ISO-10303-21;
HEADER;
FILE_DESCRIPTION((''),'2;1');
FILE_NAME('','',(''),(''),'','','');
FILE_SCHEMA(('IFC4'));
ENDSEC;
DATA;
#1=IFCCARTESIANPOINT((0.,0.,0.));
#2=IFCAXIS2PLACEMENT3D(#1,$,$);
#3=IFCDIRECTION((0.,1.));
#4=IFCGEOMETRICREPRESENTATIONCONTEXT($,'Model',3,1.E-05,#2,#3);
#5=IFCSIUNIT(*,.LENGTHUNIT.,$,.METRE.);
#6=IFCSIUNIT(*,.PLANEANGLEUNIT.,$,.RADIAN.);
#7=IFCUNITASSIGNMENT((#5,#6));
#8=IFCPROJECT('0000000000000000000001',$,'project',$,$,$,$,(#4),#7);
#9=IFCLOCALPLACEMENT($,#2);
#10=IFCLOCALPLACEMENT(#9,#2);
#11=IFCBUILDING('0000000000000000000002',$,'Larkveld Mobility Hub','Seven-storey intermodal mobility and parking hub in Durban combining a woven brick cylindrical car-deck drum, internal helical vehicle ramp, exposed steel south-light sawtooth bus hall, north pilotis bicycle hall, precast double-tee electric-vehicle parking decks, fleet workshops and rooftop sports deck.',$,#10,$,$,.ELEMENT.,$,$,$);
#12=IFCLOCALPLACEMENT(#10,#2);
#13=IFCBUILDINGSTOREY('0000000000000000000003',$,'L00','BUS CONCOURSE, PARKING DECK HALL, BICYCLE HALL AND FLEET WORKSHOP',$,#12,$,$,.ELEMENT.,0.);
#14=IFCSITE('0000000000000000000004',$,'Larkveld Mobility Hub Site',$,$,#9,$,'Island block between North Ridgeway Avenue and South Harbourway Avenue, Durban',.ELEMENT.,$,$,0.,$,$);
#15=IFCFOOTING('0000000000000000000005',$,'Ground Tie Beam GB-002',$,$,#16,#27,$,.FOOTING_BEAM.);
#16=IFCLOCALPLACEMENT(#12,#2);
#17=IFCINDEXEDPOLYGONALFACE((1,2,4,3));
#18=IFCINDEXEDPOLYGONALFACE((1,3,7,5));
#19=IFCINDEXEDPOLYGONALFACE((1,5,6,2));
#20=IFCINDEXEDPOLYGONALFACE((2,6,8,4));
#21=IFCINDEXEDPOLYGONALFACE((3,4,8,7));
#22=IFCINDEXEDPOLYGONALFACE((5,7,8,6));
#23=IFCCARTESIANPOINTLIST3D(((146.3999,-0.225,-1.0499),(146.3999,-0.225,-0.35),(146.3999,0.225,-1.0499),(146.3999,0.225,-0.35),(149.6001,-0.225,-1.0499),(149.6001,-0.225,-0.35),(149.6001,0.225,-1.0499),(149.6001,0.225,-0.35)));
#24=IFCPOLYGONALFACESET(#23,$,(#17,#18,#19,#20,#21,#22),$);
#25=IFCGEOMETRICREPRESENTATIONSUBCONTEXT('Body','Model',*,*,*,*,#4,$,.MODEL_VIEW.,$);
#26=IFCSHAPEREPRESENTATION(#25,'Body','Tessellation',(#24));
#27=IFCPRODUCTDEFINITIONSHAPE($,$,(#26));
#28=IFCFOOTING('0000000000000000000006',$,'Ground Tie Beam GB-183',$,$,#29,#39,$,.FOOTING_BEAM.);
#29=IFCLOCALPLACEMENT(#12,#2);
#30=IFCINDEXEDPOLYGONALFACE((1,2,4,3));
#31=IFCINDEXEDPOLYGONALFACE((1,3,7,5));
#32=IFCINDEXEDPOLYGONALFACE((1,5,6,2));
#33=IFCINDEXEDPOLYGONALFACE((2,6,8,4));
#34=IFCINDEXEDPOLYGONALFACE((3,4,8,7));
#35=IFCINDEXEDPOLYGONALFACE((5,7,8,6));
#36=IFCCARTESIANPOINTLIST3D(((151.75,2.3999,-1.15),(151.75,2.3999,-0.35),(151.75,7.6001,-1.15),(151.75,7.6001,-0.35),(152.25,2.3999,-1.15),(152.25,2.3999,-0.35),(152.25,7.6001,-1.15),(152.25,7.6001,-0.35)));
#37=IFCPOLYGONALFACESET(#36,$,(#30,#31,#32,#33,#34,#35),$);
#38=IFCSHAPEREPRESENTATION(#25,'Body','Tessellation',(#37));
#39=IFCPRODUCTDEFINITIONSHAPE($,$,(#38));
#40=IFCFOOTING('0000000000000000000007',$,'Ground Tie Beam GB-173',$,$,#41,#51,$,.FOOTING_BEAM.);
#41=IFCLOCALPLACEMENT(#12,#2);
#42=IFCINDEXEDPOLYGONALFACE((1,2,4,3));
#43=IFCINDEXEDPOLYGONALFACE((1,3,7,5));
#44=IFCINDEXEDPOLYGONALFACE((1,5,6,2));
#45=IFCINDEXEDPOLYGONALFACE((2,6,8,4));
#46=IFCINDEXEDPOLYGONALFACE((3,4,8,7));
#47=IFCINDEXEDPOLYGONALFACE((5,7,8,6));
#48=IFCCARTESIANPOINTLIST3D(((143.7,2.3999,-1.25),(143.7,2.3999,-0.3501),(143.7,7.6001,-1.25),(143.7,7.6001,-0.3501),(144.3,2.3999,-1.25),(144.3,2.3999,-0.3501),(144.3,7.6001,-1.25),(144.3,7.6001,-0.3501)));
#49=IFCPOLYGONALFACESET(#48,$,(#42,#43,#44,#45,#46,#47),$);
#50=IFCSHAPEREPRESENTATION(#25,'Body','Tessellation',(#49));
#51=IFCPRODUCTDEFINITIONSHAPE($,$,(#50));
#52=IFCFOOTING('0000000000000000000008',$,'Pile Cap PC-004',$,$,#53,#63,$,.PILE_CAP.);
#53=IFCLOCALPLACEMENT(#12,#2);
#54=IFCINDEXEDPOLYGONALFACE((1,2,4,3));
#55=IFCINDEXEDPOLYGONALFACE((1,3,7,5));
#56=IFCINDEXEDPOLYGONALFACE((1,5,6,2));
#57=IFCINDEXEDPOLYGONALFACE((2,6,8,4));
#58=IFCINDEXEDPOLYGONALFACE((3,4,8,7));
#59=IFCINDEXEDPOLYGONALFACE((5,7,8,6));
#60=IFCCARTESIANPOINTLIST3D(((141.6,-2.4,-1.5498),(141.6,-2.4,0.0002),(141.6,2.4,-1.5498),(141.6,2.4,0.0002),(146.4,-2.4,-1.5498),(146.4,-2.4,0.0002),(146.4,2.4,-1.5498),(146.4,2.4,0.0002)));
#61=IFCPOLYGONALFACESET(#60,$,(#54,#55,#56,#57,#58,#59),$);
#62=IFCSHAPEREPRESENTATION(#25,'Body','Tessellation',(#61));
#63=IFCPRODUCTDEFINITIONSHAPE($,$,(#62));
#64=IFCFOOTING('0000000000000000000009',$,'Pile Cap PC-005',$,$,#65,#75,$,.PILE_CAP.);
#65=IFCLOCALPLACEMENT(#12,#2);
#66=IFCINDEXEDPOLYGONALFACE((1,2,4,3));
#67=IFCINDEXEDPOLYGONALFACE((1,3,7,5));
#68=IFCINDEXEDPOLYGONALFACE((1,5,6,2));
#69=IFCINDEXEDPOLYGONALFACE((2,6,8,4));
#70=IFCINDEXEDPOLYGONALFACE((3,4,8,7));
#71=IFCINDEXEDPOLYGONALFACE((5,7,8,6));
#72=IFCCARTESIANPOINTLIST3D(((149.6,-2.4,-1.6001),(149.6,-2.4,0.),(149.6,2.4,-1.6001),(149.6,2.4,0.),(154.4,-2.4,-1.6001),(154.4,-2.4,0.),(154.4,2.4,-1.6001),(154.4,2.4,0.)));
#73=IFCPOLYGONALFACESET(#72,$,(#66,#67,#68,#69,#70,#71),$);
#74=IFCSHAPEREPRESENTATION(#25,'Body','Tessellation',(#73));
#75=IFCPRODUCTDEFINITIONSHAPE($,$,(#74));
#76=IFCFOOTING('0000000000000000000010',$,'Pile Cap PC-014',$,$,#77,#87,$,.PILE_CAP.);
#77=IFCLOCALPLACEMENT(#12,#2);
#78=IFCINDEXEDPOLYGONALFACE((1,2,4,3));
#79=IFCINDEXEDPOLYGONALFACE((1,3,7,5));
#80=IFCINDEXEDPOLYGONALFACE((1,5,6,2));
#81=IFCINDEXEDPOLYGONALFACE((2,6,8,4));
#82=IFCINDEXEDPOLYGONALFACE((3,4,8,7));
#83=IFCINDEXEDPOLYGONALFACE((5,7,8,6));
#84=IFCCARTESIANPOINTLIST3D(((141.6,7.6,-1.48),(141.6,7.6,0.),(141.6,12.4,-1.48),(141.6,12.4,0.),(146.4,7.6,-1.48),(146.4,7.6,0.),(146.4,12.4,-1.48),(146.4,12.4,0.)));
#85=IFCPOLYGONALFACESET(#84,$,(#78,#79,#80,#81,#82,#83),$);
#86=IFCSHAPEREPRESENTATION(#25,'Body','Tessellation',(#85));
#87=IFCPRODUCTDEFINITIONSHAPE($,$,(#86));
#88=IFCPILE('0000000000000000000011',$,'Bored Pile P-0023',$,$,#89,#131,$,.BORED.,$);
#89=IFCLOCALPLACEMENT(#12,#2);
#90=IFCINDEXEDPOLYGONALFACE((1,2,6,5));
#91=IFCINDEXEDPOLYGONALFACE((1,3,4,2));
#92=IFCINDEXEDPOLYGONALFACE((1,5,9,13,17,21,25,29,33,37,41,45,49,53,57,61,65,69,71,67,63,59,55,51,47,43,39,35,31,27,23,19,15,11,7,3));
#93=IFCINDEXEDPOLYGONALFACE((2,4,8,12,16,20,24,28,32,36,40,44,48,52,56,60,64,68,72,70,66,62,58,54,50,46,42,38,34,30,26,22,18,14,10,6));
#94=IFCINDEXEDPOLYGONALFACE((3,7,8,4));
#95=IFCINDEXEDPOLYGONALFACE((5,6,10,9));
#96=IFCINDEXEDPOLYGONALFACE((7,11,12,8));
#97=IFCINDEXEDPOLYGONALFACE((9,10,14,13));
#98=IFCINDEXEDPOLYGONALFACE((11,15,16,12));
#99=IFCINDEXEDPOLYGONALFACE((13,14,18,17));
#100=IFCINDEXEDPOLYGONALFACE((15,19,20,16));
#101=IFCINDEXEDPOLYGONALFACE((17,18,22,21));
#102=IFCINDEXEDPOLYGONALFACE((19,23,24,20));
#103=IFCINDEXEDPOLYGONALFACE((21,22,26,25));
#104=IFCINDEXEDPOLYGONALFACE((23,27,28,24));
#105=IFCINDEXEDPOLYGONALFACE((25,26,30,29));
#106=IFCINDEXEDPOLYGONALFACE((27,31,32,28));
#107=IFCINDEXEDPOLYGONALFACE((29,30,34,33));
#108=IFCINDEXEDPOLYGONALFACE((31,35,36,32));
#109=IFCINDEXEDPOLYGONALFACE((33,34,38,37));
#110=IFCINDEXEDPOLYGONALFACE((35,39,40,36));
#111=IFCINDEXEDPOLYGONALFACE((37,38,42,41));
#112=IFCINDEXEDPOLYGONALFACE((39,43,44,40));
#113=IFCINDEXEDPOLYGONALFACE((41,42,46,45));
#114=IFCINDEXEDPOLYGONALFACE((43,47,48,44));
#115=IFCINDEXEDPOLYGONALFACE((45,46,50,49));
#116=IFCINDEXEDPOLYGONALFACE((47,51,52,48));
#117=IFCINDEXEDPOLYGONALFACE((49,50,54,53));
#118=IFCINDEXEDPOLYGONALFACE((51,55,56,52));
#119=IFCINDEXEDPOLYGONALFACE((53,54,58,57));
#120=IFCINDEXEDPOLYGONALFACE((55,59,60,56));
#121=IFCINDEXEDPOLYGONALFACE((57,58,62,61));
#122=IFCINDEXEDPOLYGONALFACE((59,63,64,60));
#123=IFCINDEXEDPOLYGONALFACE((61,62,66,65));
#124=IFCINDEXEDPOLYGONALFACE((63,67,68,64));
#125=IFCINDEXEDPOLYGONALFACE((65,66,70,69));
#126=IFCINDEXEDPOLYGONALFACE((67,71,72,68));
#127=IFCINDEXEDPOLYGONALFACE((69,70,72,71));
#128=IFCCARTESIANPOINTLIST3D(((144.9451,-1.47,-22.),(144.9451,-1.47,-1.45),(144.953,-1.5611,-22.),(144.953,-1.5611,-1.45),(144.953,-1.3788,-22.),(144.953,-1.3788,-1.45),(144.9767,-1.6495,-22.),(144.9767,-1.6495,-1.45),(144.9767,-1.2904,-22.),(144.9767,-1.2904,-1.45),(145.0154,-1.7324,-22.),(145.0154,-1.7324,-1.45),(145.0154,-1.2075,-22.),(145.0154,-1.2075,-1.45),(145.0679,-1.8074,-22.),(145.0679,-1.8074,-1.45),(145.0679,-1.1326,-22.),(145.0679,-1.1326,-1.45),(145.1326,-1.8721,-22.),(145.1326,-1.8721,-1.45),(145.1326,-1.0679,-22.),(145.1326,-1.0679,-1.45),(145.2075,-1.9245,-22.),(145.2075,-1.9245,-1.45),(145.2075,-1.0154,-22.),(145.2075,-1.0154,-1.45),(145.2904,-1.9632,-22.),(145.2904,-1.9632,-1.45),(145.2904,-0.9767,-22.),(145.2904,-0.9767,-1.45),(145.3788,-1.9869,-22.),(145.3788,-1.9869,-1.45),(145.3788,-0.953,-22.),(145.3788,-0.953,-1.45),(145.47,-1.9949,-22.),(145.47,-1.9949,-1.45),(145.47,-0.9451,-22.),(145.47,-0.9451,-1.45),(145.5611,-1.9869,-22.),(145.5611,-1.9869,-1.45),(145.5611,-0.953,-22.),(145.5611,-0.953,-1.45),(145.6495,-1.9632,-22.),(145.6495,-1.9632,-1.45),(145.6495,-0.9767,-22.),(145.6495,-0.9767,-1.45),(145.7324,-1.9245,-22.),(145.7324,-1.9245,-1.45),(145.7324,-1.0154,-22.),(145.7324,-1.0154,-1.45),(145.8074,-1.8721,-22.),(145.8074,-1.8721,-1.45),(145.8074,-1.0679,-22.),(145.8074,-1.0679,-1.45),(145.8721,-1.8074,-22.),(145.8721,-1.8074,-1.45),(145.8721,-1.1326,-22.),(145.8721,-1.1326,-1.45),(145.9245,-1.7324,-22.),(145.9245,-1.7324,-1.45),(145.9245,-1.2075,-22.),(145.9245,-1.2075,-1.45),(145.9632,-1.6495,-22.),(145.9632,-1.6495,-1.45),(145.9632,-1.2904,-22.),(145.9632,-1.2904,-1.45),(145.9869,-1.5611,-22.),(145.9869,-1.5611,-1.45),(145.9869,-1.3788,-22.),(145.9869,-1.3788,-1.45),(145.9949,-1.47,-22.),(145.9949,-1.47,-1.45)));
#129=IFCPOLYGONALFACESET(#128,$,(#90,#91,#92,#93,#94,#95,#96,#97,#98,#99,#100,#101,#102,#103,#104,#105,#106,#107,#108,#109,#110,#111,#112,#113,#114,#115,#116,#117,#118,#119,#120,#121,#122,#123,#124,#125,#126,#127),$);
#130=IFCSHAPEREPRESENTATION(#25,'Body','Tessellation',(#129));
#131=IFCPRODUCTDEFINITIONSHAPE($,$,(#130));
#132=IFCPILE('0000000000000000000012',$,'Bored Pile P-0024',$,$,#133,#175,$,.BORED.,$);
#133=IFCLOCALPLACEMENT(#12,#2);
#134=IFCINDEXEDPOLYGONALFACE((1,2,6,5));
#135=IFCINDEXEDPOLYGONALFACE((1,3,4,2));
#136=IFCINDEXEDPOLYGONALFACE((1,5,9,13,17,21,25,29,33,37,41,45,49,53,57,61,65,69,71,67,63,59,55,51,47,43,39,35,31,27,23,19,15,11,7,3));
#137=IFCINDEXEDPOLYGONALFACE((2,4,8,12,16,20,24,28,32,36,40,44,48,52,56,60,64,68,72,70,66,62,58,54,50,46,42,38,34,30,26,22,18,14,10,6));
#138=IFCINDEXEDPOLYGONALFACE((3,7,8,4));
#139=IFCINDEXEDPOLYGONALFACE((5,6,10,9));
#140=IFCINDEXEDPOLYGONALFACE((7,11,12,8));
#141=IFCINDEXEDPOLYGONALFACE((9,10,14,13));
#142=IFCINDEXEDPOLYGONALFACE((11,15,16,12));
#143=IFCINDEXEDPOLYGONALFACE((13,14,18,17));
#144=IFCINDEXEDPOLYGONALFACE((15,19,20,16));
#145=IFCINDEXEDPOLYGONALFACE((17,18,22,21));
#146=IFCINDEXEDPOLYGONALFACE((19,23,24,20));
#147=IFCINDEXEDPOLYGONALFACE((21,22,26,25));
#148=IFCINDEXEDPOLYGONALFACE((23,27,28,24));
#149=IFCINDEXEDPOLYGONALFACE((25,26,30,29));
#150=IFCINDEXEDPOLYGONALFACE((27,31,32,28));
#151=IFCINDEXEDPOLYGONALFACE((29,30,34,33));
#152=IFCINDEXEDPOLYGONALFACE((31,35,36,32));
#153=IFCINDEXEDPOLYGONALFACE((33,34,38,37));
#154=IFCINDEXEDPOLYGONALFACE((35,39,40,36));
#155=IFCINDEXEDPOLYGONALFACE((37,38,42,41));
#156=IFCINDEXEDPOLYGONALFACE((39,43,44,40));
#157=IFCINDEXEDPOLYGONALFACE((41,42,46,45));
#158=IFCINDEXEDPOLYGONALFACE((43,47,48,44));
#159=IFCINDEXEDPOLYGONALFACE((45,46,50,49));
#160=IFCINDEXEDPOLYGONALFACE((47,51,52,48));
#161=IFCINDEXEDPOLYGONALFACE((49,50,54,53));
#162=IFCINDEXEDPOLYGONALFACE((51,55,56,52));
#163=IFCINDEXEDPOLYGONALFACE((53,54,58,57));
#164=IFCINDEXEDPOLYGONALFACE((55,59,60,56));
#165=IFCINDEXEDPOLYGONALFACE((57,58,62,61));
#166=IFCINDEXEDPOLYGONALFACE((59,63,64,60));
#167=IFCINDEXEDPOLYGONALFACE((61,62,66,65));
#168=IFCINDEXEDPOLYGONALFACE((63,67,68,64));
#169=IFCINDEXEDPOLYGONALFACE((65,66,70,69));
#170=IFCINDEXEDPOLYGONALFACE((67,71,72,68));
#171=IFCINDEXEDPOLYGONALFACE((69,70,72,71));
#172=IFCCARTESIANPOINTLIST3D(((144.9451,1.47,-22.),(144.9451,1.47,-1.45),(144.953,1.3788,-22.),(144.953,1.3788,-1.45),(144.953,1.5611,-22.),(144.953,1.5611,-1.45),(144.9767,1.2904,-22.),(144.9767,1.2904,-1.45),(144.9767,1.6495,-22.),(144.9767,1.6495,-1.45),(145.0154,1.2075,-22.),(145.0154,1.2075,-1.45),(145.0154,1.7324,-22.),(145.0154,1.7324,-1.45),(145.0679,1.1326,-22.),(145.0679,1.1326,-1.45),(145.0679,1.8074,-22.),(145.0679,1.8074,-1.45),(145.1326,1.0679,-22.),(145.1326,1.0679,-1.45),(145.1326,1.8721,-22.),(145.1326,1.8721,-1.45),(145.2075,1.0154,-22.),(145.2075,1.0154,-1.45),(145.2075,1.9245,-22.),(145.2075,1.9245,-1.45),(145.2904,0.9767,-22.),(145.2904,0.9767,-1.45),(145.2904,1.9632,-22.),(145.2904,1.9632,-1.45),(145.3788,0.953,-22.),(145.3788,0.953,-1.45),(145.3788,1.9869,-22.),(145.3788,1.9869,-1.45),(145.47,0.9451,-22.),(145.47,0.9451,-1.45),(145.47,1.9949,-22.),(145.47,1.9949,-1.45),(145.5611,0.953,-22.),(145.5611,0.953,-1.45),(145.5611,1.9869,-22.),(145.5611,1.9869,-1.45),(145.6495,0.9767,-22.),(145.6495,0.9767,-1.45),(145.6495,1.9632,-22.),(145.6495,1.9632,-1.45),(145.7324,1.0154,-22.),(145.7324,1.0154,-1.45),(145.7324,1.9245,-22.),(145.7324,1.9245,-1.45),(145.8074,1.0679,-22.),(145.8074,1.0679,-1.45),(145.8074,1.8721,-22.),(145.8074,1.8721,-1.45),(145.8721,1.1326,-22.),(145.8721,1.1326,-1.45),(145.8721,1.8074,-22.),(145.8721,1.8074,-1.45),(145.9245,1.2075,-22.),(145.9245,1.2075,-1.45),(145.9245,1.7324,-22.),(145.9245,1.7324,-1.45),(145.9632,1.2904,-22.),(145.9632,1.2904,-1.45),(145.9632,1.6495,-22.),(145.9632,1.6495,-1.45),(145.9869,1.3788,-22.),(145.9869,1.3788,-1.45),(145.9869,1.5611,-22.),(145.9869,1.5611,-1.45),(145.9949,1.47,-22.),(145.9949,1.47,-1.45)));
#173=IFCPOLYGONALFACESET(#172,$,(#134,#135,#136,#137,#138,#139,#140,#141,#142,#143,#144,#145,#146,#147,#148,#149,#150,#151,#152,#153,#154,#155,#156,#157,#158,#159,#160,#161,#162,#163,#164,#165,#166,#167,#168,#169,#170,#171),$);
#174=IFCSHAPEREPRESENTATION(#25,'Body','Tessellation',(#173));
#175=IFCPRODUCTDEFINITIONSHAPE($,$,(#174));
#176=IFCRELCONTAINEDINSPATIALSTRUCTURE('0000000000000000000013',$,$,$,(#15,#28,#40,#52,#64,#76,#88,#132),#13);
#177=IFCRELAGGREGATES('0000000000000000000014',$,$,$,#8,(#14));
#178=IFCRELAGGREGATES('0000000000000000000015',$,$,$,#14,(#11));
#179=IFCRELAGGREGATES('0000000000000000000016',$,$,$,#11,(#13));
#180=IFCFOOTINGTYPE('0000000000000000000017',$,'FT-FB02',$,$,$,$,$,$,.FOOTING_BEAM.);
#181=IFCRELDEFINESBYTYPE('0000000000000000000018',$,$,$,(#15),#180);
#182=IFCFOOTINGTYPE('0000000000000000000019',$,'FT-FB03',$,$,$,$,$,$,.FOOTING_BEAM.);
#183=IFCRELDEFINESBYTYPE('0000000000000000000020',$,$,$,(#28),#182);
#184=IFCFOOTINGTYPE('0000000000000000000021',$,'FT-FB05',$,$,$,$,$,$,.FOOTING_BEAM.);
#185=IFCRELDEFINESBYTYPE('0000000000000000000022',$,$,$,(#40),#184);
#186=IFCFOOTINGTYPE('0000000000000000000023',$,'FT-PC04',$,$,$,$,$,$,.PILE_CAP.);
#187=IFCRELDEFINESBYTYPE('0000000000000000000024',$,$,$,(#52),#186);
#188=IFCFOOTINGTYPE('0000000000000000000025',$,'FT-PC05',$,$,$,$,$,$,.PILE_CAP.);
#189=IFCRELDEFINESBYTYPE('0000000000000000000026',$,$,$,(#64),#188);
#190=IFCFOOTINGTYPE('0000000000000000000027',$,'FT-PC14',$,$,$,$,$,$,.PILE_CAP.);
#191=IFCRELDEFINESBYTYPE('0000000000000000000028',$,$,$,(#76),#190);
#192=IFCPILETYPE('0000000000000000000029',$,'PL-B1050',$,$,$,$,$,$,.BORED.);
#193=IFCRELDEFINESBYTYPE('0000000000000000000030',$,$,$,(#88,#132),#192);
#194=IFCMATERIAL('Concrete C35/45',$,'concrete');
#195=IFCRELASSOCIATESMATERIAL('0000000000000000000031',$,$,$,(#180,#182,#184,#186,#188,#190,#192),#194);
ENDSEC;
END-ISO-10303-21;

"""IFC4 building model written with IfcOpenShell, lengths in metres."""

from ifc_helpers import new_model, si_unit, direction, frame, origin, origin_2d, place, context, subcontext, project, spatial, rectangle, circle, extrude, material, material_profile, profile_set, type_object, element, save


model = new_model("IFC4")

# Units and contexts
model_context = context("Model", 3, precision=1e-05, world=origin(), true_north=direction((0.0, 1.0)))
body_context = subcontext(model_context, "Body", "Model", "MODEL_VIEW")
ifc_project = project(units=[si_unit("LENGTHUNIT", "METRE"), si_unit("PLANEANGLEUNIT", "RADIAN")], contexts=[model_context])

# Site, building, storey
site_placement = place(None, origin())
site = spatial("IfcSite", under=ifc_project, at=site_placement, Name="Larkveld Mobility Hub Site", LongName="Island block between North Ridgeway Avenue and South Harbourway Avenue, Durban", CompositionType="ELEMENT", RefElevation=0.0)
building_placement = place(site_placement, origin())
building = spatial("IfcBuilding", under=site, at=building_placement, Name="Larkveld Mobility Hub", Description="Seven-storey intermodal mobility and parking hub in Durban combining a woven brick cylindrical car-deck drum, internal helical vehicle ramp, exposed steel south-light sawtooth bus hall, north pilotis bicycle hall, precast double-tee electric-vehicle parking decks, fleet workshops and rooftop sports deck.", CompositionType="ELEMENT")
storey_placement = place(building_placement, origin())
storey = spatial("IfcBuildingStorey", under=building, at=storey_placement, Name="L00", Description="BUS CONCOURSE, PARKING DECK HALL, BICYCLE HALL AND FLEET WORKSHOP", CompositionType="ELEMENT", Elevation=0.0)

# Footings
ifc_material_1 = material(Name="Concrete C35/45", Category="concrete")
ifc_material_profile_1 = material_profile(ifc_material_1, rectangle(XDim=0.45, YDim=0.7, at=origin_2d()), Name="RC BM 450x700")
ifc_profile_set_1 = profile_set([ifc_material_profile_1], Name="Concrete C35/45")
footing_type_1 = type_object("IfcFootingType", Name="FT-FB02", PredefinedType="FOOTING_BEAM", material=ifc_profile_set_1)
footing_1_placement = place(storey_placement, frame((146.3999, 0.0, -0.7), z_axis=(1.0, 0.0, 0.0), x_axis=(0.0, 1.0, 0.0)))
element("IfcFooting", 1, at=footing_1_placement, inside=storey, type_object=footing_type_1, Name="Ground Tie Beam GB-002", PredefinedType="FOOTING_BEAM", context=body_context, shape_type="SweptSolid", body=[
    extrude(rectangle(XDim=0.45, YDim=0.7, at=origin_2d()), origin(), (0.0, 0.0, 1.0), 3.2002),
])
ifc_material_profile_2 = material_profile(ifc_material_1, rectangle(XDim=0.5, YDim=0.8, at=origin_2d()), Name="RC BM 500x800")
ifc_profile_set_2 = profile_set([ifc_material_profile_2], Name="Concrete C35/45")
footing_type_2 = type_object("IfcFootingType", Name="FT-FB03", PredefinedType="FOOTING_BEAM", material=ifc_profile_set_2)
footing_2_placement = place(storey_placement, frame((152.0, 2.3999, -0.75), z_axis=(0.0, 1.0, 0.0), x_axis=(-1.0, 0.0, 0.0)))
element("IfcFooting", 2, at=footing_2_placement, inside=storey, type_object=footing_type_2, Name="Ground Tie Beam GB-183", PredefinedType="FOOTING_BEAM", context=body_context, shape_type="SweptSolid", body=[
    extrude(rectangle(XDim=0.5, YDim=0.8, at=origin_2d()), origin(), (0.0, 0.0, 1.0), 5.2002),
])
ifc_material_profile_3 = material_profile(ifc_material_1, rectangle(XDim=0.6001, YDim=0.8999, at=origin_2d()), Name="RC BM 600x900")
ifc_profile_set_3 = profile_set([ifc_material_profile_3], Name="Concrete C35/45")
footing_type_3 = type_object("IfcFootingType", Name="FT-FB05", PredefinedType="FOOTING_BEAM", material=ifc_profile_set_3)
footing_3_placement = place(storey_placement, frame((144.0, 2.3999, -0.8), z_axis=(0.0, 1.0, 0.0), x_axis=(-1.0, 0.0, 0.0)))
element("IfcFooting", 3, at=footing_3_placement, inside=storey, type_object=footing_type_3, Name="Ground Tie Beam GB-173", PredefinedType="FOOTING_BEAM", context=body_context, shape_type="SweptSolid", body=[
    extrude(rectangle(XDim=0.6001, YDim=0.8999, at=origin_2d()), origin(), (0.0, 0.0, 1.0), 5.2002),
])
footing_type_4 = type_object("IfcFootingType", Name="FT-PC04", PredefinedType="PILE_CAP", material=ifc_material_1)
footing_4_placement = place(storey_placement, frame((144.0, 0.0, -1.5498), z_axis=(0.0, 0.0, 1.0), x_axis=(1.0, 0.0, 0.0)))
element("IfcFooting", 4, at=footing_4_placement, inside=storey, type_object=footing_type_4, Name="Pile Cap PC-004", PredefinedType="PILE_CAP", context=body_context, shape_type="SweptSolid", body=[
    extrude(rectangle(XDim=4.8, YDim=4.8, at=origin_2d()), origin(), (0.0, 0.0, 1.0), 1.55),
])
footing_type_5 = type_object("IfcFootingType", Name="FT-PC05", PredefinedType="PILE_CAP", material=ifc_material_1)
footing_5_placement = place(storey_placement, frame((152.0, 0.0, -1.6001), z_axis=(0.0, 0.0, 1.0), x_axis=(1.0, 0.0, 0.0)))
element("IfcFooting", 5, at=footing_5_placement, inside=storey, type_object=footing_type_5, Name="Pile Cap PC-005", PredefinedType="PILE_CAP", context=body_context, shape_type="SweptSolid", body=[
    extrude(rectangle(XDim=4.8, YDim=4.8, at=origin_2d()), origin(), (0.0, 0.0, 1.0), 1.6001),
])
footing_type_6 = type_object("IfcFootingType", Name="FT-PC14", PredefinedType="PILE_CAP", material=ifc_material_1)
footing_6_placement = place(storey_placement, frame((144.0, 10.0, -1.48), z_axis=(0.0, 0.0, 1.0), x_axis=(1.0, 0.0, 0.0)))
element("IfcFooting", 6, at=footing_6_placement, inside=storey, type_object=footing_type_6, Name="Pile Cap PC-014", PredefinedType="PILE_CAP", context=body_context, shape_type="SweptSolid", body=[
    extrude(rectangle(XDim=4.8, YDim=4.8, at=origin_2d()), origin(), (0.0, 0.0, 1.0), 1.48),
])

# Piles
ifc_material_profile_4 = material_profile(ifc_material_1, circle(Radius=0.5249, at=origin_2d()), Name="PILE D1050")
ifc_profile_set_4 = profile_set([ifc_material_profile_4], Name="Concrete C35/45")
pile_type = type_object("IfcPileType", Name="PL-B1050", PredefinedType="BORED", material=ifc_profile_set_4)
for number, where, z_axis, x_axis, name in (
    (7, (145.47, -1.47, -1.45), (0.0, 0.0, -1.0), (1.0, 0.0, 0.0), "Bored Pile P-0023"),
    (8, (145.47, 1.47, -1.45), (0.0, 0.0, -1.0), (1.0, 0.0, 0.0), "Bored Pile P-0024"),
):
    element("IfcPile", number, at=place(storey_placement, frame(where, z_axis=z_axis, x_axis=x_axis)), inside=storey, type_object=pile_type, Name=name, PredefinedType="BORED", context=body_context, shape_type="SweptSolid", body=[
        extrude(circle(Radius=0.5249, at=origin_2d()), origin(), (0.0, 0.0, 1.0), 20.55),
    ])

save(model, "model.ifc")
